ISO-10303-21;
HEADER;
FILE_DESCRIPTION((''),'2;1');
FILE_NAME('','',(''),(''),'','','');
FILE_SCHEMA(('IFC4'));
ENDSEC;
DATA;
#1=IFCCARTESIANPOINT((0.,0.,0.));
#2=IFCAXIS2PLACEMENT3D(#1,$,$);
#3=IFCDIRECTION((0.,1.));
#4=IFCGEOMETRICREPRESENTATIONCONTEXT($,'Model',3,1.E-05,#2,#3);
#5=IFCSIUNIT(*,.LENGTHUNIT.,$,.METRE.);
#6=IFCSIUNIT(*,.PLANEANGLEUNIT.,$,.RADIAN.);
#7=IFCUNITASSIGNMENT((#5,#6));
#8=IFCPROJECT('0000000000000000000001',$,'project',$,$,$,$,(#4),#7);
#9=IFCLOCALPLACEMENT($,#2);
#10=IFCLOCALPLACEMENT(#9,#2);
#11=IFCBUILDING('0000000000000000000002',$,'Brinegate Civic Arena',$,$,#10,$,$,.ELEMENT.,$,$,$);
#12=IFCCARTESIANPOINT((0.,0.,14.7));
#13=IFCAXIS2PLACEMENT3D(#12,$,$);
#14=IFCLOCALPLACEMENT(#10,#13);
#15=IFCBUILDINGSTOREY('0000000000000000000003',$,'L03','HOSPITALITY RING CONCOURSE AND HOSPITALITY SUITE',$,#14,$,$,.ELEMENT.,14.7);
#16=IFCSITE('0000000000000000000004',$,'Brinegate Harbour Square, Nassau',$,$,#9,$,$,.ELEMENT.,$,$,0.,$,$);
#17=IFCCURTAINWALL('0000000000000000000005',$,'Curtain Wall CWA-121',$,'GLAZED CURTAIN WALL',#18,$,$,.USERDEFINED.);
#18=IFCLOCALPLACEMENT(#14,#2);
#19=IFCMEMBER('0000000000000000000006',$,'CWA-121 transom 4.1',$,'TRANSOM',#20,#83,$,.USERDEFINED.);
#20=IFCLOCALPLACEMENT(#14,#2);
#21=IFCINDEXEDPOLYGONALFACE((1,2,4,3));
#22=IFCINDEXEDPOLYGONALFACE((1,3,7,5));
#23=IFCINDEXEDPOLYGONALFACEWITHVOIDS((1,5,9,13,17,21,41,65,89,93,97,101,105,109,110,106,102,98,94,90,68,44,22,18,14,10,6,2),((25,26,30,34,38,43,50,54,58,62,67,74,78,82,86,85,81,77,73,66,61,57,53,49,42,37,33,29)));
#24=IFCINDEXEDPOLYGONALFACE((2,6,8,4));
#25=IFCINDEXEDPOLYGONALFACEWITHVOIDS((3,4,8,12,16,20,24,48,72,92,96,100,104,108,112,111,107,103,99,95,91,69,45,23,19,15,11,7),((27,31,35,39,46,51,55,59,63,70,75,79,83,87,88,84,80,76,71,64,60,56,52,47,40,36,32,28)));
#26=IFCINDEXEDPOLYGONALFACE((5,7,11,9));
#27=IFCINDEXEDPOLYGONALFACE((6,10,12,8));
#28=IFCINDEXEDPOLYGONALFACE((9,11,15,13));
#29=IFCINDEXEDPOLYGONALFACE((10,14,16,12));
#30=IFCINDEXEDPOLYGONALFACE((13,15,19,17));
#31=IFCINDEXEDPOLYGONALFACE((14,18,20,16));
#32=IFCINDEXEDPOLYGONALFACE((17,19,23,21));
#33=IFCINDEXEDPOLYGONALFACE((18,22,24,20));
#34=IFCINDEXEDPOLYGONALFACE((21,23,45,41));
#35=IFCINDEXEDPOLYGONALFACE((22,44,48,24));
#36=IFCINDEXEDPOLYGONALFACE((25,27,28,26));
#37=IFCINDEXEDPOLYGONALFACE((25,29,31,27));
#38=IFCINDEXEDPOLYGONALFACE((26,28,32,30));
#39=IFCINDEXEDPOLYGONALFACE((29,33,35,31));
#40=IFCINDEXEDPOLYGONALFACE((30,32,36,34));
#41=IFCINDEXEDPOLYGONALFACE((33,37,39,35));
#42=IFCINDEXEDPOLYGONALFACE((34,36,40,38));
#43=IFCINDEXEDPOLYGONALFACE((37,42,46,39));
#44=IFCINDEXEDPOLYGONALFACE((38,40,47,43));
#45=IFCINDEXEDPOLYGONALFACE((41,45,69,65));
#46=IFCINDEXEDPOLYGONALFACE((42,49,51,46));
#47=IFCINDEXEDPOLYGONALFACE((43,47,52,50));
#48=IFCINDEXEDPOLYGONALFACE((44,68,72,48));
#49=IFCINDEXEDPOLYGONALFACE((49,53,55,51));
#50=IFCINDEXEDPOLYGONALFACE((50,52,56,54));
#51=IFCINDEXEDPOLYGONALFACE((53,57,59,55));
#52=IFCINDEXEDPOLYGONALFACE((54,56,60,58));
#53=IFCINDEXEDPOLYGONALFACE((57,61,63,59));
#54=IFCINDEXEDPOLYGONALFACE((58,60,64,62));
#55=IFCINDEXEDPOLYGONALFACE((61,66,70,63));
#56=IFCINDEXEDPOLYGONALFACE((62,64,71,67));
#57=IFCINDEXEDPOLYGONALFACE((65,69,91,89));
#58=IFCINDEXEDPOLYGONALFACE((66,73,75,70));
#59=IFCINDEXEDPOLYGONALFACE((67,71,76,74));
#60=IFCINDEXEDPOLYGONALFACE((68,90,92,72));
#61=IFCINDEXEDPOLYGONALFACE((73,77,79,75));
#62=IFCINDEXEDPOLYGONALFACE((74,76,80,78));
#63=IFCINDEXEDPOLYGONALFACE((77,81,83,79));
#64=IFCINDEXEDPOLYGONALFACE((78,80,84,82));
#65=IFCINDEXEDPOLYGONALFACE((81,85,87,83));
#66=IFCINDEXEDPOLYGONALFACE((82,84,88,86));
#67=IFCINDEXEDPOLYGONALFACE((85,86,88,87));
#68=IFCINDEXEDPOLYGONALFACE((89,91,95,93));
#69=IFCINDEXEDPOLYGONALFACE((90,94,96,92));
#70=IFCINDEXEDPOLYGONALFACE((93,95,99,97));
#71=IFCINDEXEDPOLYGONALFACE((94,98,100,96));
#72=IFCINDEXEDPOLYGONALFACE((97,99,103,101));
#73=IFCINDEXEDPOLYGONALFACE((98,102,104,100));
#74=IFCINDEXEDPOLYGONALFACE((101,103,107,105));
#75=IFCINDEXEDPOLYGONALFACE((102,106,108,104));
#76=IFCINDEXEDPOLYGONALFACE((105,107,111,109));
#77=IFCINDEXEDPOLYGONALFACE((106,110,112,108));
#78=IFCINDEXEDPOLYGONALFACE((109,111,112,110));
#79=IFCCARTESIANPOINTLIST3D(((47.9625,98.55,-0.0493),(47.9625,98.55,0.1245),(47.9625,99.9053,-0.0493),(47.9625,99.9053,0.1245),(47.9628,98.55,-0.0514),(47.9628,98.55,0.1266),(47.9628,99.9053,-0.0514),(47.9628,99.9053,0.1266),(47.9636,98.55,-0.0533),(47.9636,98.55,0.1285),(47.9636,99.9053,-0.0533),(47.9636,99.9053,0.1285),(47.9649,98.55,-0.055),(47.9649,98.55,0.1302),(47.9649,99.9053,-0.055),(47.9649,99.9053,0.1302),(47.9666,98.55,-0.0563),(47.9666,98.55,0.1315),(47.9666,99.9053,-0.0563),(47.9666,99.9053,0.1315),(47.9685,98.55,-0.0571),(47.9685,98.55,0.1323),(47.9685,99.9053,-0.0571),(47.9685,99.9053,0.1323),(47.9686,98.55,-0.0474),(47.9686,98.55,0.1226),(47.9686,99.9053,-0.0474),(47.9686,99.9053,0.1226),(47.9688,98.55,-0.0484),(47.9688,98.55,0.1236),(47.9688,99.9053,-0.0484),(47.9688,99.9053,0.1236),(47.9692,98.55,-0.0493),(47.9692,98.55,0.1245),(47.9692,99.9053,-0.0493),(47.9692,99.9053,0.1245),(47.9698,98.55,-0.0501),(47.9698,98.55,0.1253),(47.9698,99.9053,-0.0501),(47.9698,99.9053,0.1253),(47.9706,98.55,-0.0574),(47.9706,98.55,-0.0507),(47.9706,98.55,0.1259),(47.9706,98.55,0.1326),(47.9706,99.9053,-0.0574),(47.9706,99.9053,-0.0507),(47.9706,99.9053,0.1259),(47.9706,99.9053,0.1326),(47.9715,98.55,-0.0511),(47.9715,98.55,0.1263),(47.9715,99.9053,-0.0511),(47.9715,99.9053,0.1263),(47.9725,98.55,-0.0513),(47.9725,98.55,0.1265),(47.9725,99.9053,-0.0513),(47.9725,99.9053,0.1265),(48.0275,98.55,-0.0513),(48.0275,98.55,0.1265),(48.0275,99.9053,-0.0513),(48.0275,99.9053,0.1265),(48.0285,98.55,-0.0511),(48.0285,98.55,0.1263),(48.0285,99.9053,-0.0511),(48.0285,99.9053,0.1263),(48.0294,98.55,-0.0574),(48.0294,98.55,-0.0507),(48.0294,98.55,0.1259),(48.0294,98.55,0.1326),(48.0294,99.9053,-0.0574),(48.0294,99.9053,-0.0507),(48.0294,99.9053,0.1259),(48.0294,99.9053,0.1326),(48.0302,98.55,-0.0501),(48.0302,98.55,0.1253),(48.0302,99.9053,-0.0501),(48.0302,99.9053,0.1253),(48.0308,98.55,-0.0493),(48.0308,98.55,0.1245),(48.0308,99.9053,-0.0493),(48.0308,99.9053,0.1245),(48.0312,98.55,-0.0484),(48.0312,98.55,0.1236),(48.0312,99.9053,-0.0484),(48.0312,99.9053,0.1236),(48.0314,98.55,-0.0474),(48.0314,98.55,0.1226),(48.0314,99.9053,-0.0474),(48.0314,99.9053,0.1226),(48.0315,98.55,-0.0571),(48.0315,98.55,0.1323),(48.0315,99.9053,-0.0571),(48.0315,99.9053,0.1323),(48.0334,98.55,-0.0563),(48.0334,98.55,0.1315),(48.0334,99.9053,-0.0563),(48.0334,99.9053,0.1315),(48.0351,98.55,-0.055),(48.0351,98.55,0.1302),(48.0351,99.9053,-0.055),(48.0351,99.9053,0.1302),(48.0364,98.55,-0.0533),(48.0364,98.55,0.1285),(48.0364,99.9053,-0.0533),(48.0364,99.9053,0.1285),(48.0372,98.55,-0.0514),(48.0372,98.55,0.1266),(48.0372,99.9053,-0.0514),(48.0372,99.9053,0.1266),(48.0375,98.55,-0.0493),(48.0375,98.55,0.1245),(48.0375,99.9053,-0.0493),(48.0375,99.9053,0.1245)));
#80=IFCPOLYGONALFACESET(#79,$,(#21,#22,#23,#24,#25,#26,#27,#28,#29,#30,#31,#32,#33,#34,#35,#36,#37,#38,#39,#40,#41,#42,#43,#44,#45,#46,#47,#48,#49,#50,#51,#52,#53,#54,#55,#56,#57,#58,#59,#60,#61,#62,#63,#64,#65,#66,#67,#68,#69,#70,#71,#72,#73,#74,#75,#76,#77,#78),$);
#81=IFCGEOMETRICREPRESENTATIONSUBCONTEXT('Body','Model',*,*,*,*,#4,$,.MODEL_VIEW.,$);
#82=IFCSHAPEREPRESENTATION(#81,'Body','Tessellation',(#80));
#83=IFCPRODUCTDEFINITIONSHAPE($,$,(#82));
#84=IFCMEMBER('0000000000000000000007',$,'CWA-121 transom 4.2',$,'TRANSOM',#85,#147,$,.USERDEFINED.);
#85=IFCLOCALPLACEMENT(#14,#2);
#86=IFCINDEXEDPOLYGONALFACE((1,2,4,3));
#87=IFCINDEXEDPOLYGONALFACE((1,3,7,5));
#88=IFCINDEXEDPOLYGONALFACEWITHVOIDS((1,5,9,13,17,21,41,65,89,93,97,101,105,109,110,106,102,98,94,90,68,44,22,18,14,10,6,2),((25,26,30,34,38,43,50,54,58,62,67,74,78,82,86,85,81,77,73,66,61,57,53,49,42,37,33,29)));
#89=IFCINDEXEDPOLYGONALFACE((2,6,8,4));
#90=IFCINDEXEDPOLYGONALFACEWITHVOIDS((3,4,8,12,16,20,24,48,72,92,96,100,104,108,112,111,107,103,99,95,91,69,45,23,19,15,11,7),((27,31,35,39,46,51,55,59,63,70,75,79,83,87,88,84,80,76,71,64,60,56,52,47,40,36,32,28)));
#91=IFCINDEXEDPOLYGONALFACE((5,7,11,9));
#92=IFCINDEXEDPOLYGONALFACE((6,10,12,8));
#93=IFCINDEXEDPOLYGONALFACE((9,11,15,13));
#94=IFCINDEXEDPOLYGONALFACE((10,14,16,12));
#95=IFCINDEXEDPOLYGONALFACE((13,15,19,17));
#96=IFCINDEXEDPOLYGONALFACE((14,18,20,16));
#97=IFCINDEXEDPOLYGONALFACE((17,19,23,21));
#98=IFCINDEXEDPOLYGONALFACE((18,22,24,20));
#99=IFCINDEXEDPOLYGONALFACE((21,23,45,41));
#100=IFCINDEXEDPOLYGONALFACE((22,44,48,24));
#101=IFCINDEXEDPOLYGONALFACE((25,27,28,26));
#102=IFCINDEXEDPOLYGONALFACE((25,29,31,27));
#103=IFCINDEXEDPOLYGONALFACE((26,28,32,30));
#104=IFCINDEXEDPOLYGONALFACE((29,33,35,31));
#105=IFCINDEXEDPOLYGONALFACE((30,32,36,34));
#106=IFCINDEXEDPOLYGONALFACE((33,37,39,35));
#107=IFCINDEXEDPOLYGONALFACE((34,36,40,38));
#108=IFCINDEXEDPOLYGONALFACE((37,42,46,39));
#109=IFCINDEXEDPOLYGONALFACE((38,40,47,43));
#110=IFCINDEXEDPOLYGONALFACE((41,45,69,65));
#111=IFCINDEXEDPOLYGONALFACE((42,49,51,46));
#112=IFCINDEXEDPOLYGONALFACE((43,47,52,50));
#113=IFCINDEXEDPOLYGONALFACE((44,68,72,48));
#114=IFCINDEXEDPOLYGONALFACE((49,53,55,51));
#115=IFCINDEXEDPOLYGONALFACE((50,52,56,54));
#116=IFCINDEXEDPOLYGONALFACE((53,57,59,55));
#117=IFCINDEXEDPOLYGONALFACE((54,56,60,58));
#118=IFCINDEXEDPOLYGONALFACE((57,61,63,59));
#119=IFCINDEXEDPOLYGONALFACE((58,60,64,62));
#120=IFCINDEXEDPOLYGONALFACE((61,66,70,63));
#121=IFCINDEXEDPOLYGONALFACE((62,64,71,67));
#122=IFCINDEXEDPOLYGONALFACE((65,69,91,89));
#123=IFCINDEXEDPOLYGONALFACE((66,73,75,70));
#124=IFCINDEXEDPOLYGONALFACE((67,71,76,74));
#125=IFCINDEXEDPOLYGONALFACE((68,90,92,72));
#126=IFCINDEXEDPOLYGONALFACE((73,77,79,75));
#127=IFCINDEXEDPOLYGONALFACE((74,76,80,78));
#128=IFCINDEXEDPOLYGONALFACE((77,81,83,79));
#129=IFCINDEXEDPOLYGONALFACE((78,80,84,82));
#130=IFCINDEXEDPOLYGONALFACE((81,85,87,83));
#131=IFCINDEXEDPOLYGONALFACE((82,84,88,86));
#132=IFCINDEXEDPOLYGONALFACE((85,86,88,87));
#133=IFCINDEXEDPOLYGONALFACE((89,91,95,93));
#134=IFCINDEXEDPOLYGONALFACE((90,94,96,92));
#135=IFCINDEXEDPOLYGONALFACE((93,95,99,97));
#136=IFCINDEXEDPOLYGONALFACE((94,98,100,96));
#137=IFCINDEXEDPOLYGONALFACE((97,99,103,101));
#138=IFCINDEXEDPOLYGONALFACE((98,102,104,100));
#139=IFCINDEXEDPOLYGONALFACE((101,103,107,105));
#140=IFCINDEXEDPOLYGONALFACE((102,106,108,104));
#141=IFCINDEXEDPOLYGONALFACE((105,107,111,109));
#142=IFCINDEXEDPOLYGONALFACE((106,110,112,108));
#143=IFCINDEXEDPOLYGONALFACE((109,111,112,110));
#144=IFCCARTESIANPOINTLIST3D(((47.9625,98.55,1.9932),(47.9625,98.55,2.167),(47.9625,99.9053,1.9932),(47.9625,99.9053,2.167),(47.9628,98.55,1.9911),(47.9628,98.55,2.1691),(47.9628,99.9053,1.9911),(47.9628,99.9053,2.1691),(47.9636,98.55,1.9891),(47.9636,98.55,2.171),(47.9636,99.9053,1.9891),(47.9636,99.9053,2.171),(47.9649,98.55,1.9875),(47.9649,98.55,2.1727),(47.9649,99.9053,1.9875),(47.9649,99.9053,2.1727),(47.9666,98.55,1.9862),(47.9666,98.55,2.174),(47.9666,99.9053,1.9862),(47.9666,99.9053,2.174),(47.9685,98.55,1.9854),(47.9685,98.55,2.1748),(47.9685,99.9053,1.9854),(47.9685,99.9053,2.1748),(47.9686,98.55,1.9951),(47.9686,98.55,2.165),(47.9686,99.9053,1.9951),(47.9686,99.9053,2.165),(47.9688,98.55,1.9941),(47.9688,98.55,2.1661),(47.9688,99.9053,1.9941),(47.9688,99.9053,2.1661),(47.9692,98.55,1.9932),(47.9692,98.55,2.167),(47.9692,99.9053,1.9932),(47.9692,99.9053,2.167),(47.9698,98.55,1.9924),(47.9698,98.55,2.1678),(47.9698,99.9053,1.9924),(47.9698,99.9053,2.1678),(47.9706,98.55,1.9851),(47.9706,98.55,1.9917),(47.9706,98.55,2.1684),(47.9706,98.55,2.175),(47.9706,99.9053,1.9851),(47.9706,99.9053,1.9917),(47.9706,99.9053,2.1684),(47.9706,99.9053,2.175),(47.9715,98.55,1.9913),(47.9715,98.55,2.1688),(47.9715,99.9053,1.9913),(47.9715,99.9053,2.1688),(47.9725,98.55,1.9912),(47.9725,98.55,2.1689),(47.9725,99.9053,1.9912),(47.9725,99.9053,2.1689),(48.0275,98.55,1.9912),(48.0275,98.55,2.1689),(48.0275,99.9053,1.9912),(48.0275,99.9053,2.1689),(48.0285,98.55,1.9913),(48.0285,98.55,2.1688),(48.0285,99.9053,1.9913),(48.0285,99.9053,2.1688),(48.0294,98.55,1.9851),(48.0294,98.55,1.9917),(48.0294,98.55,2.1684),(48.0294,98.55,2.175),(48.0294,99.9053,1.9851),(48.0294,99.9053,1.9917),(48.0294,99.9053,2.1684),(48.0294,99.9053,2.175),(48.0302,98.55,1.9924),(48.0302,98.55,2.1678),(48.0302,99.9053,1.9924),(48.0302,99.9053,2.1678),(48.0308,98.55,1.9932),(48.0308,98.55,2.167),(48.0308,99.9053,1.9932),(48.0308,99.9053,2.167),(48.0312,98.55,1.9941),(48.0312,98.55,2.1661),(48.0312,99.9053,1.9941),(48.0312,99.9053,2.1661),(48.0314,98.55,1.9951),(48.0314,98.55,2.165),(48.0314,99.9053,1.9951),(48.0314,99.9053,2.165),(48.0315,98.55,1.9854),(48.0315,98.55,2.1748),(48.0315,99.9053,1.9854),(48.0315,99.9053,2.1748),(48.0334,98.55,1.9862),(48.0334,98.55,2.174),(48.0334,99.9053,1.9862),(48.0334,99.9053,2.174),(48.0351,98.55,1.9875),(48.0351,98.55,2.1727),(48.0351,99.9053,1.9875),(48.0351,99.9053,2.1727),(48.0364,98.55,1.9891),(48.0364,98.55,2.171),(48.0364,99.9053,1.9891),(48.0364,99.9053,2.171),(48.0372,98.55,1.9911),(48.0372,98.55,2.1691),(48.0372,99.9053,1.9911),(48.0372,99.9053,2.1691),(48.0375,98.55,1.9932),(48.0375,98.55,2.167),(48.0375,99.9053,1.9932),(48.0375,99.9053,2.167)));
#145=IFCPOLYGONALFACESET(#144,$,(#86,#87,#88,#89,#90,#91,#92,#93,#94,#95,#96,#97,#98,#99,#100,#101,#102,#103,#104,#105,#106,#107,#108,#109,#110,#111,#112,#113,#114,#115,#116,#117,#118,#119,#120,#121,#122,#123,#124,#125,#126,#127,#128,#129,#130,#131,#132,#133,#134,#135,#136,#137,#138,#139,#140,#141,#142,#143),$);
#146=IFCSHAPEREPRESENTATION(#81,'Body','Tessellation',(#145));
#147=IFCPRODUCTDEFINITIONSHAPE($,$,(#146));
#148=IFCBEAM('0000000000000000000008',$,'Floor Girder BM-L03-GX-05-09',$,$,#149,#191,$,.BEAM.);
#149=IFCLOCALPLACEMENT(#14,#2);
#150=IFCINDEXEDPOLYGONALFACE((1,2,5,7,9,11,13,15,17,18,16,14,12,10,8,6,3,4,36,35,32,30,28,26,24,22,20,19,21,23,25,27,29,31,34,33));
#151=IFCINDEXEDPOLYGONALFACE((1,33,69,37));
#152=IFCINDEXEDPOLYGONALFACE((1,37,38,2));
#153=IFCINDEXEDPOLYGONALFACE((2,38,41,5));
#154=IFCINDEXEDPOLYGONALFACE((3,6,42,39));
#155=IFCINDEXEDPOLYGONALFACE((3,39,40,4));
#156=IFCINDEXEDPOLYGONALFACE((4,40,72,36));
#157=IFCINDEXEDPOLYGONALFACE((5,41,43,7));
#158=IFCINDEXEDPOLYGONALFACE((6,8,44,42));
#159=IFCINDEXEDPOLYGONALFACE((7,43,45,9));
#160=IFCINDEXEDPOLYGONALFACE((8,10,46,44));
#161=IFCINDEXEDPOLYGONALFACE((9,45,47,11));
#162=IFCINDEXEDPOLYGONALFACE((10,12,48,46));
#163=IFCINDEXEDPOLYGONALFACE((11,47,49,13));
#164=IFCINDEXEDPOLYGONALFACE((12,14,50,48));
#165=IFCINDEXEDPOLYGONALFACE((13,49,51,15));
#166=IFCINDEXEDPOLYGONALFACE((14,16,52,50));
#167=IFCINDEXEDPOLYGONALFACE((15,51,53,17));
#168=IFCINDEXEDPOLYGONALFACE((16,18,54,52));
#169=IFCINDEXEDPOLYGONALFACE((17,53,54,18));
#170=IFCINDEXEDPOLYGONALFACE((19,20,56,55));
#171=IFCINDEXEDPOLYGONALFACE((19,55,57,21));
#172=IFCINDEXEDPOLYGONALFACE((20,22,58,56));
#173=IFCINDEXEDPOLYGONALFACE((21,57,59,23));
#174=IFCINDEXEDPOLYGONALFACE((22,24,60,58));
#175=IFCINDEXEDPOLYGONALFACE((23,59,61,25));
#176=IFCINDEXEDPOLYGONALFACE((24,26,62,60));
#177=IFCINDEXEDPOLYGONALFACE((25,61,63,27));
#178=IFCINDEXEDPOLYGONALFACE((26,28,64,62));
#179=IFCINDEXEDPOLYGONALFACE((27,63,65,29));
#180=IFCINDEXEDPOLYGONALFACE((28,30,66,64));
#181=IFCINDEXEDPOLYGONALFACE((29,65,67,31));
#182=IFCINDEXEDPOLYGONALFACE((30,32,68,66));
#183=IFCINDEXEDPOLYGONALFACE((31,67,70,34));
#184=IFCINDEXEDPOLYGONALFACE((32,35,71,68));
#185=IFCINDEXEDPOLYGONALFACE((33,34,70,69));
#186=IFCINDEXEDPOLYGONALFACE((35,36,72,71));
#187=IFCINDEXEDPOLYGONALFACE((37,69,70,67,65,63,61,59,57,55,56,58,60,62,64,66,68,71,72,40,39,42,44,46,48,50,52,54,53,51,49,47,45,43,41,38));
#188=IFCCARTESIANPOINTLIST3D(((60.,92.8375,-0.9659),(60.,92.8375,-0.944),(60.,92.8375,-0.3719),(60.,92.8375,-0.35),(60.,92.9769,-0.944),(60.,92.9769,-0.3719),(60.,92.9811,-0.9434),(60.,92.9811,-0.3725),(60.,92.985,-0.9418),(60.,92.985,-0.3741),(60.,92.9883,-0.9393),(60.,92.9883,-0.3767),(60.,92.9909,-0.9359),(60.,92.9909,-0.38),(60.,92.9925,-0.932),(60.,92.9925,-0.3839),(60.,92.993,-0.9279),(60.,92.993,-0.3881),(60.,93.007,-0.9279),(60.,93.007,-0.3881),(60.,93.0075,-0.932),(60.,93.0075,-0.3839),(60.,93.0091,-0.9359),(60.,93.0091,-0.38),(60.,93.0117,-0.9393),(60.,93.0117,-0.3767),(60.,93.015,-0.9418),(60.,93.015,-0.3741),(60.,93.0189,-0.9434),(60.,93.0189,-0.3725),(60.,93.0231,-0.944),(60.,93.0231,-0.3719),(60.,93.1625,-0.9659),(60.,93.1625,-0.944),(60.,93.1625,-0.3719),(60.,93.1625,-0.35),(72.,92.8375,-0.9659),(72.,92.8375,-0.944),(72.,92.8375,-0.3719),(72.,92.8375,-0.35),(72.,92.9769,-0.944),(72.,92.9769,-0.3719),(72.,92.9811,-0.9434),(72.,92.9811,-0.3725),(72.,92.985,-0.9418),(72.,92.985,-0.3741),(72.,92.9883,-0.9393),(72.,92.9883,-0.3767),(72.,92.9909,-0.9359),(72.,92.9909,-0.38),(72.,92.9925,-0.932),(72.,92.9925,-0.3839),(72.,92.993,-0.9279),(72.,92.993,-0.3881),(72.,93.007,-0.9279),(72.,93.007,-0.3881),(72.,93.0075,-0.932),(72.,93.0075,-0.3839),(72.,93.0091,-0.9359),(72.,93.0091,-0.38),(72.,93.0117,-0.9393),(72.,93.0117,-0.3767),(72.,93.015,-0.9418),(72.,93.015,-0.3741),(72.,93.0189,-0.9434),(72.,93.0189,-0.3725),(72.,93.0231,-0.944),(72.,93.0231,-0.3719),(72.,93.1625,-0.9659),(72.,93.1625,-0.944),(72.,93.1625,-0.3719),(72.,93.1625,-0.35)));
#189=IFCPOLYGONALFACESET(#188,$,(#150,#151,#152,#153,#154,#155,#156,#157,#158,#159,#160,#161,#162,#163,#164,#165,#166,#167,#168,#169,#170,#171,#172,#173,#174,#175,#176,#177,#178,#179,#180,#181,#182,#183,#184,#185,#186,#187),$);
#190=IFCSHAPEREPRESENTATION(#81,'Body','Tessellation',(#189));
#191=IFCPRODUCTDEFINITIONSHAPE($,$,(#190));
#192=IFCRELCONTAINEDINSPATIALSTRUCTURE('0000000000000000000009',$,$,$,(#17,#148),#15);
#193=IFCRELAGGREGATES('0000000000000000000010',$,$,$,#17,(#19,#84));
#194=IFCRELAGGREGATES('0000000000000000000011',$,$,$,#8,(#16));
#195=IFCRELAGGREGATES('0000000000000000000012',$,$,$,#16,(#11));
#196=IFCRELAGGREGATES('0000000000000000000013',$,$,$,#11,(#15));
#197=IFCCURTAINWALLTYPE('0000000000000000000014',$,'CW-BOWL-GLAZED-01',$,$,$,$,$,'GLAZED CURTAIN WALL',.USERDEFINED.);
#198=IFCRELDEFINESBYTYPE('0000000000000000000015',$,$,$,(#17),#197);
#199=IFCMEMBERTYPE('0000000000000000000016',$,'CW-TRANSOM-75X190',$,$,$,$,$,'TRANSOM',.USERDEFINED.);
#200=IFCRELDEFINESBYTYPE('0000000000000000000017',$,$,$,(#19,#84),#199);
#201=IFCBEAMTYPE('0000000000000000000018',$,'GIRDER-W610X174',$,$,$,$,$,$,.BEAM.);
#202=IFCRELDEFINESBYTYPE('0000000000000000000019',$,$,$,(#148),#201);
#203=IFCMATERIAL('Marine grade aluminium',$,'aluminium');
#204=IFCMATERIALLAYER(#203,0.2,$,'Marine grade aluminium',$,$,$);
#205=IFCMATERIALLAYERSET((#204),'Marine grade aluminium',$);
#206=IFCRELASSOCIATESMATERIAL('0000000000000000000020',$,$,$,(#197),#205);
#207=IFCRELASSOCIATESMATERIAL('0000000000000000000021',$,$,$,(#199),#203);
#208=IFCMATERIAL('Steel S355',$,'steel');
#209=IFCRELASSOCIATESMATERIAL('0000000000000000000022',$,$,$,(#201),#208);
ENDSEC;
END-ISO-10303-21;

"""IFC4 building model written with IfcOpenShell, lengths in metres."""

from ifc_helpers import new_model, si_unit, direction, frame, origin, origin_2d, place, context, subcontext, project, spatial, hollow_rectangle, i_section, extrude, material, layer, layer_set, material_profile, profile_set, type_object, element, aggregate, save


model = new_model("IFC4")

# Units and contexts
model_context = context("Model", 3, precision=1e-05, world=origin(), true_north=direction((0.0, 1.0)))
body_context = subcontext(model_context, "Body", "Model", "MODEL_VIEW")
ifc_project = project(units=[si_unit("LENGTHUNIT", "METRE"), si_unit("PLANEANGLEUNIT", "RADIAN")], contexts=[model_context])

# Site, building, storey
site_placement = place(None, origin())
site = spatial("IfcSite", under=ifc_project, at=site_placement, Name="Brinegate Harbour Square, Nassau", CompositionType="ELEMENT", RefElevation=0.0)
building_placement = place(site_placement, origin())
building = spatial("IfcBuilding", under=site, at=building_placement, Name="Brinegate Civic Arena", CompositionType="ELEMENT")
storey_placement = place(building_placement, frame((0.0, 0.0, 14.7)))
storey = spatial("IfcBuildingStorey", under=building, at=storey_placement, Name="L03", Description="HOSPITALITY RING CONCOURSE AND HOSPITALITY SUITE", CompositionType="ELEMENT", Elevation=14.7)

# Curtain wall, members
ifc_material_1 = material(Name="Marine grade aluminium", Category="aluminium")
ifc_layer_1 = layer(ifc_material_1, 0.2, Name="Marine grade aluminium")
ifc_layer_set_1 = layer_set([ifc_layer_1], Name="Marine grade aluminium")
curtain_wall_type = type_object("IfcCurtainWallType", Name="CW-BOWL-GLAZED-01", ElementType="GLAZED CURTAIN WALL", PredefinedType="USERDEFINED", material=ifc_layer_set_1)
curtain_wall_placement = place(storey_placement, origin())
curtain_wall = element("IfcCurtainWall", 1, at=curtain_wall_placement, inside=storey, type_object=curtain_wall_type, Name="Curtain Wall CWA-121", ObjectType="GLAZED CURTAIN WALL", PredefinedType="USERDEFINED")
ifc_material_profile_1 = material_profile(ifc_material_1, hollow_rectangle(XDim=0.075, YDim=0.1899, WallThickness=0.0061, InnerFilletRadius=0.0039, OuterFilletRadius=0.0081, at=origin_2d()), Name="TRN75X190")
ifc_profile_set_1 = profile_set([ifc_material_profile_1], Name="Marine grade aluminium")
member_type_1 = type_object("IfcMemberType", Name="CW-TRANSOM-75X190", ElementType="TRANSOM", PredefinedType="USERDEFINED", material=ifc_profile_set_1)
member_1_placement = place(storey_placement, frame((48.0, 98.55, 0.0376), z_axis=(0.0, 1.0, 0.0), x_axis=(-1.0, 0.0, 0.0)))
member_1 = element("IfcMember", 2, at=member_1_placement, type_object=member_type_1, Name="CWA-121 transom 4.1", ObjectType="TRANSOM", PredefinedType="USERDEFINED", context=body_context, shape_type="SweptSolid", body=[
    extrude(hollow_rectangle(XDim=0.075, YDim=0.1899, WallThickness=0.0061, InnerFilletRadius=0.0039, OuterFilletRadius=0.0081, at=origin_2d()), origin(), (0.0, 0.0, 1.0), 1.3552),
])
member_2_placement = place(storey_placement, frame((48.0, 98.55, 2.0801), z_axis=(0.0, 1.0, 0.0), x_axis=(-1.0, 0.0, 0.0)))
member_2 = element("IfcMember", 3, at=member_2_placement, type_object=member_type_1, Name="CWA-121 transom 4.2", ObjectType="TRANSOM", PredefinedType="USERDEFINED", context=body_context, shape_type="SweptSolid", body=[
    extrude(hollow_rectangle(XDim=0.075, YDim=0.1899, WallThickness=0.0061, InnerFilletRadius=0.0039, OuterFilletRadius=0.0081, at=origin_2d()), origin(), (0.0, 0.0, 1.0), 1.3552),
])

# Beam
ifc_material_2 = material(Name="Steel S355", Category="steel")
ifc_material_profile_2 = material_profile(ifc_material_2, i_section(OverallWidth=0.325, OverallDepth=0.616, WebThickness=0.0139, FlangeThickness=0.022, FilletRadius=0.0161, at=origin_2d()), Name="W610X174")
ifc_profile_set_2 = profile_set([ifc_material_profile_2], Name="Steel S355")
beam_type_1 = type_object("IfcBeamType", Name="GIRDER-W610X174", PredefinedType="BEAM", material=ifc_profile_set_2)
beam_1_placement = place(storey_placement, frame((60.0, 93.0, -0.658), z_axis=(1.0, 0.0, 0.0), x_axis=(0.0, 1.0, 0.0)))
element("IfcBeam", 4, at=beam_1_placement, inside=storey, type_object=beam_type_1, Name="Floor Girder BM-L03-GX-05-09", PredefinedType="BEAM", context=body_context, shape_type="SweptSolid", body=[
    extrude(i_section(OverallWidth=0.325, OverallDepth=0.616, WebThickness=0.0139, FlangeThickness=0.022, FilletRadius=0.0161, at=origin_2d()), origin(), (0.0, 0.0, 1.0), 12.0),
])

aggregate(curtain_wall, [member_1, member_2])

save(model, "model.ifc")
